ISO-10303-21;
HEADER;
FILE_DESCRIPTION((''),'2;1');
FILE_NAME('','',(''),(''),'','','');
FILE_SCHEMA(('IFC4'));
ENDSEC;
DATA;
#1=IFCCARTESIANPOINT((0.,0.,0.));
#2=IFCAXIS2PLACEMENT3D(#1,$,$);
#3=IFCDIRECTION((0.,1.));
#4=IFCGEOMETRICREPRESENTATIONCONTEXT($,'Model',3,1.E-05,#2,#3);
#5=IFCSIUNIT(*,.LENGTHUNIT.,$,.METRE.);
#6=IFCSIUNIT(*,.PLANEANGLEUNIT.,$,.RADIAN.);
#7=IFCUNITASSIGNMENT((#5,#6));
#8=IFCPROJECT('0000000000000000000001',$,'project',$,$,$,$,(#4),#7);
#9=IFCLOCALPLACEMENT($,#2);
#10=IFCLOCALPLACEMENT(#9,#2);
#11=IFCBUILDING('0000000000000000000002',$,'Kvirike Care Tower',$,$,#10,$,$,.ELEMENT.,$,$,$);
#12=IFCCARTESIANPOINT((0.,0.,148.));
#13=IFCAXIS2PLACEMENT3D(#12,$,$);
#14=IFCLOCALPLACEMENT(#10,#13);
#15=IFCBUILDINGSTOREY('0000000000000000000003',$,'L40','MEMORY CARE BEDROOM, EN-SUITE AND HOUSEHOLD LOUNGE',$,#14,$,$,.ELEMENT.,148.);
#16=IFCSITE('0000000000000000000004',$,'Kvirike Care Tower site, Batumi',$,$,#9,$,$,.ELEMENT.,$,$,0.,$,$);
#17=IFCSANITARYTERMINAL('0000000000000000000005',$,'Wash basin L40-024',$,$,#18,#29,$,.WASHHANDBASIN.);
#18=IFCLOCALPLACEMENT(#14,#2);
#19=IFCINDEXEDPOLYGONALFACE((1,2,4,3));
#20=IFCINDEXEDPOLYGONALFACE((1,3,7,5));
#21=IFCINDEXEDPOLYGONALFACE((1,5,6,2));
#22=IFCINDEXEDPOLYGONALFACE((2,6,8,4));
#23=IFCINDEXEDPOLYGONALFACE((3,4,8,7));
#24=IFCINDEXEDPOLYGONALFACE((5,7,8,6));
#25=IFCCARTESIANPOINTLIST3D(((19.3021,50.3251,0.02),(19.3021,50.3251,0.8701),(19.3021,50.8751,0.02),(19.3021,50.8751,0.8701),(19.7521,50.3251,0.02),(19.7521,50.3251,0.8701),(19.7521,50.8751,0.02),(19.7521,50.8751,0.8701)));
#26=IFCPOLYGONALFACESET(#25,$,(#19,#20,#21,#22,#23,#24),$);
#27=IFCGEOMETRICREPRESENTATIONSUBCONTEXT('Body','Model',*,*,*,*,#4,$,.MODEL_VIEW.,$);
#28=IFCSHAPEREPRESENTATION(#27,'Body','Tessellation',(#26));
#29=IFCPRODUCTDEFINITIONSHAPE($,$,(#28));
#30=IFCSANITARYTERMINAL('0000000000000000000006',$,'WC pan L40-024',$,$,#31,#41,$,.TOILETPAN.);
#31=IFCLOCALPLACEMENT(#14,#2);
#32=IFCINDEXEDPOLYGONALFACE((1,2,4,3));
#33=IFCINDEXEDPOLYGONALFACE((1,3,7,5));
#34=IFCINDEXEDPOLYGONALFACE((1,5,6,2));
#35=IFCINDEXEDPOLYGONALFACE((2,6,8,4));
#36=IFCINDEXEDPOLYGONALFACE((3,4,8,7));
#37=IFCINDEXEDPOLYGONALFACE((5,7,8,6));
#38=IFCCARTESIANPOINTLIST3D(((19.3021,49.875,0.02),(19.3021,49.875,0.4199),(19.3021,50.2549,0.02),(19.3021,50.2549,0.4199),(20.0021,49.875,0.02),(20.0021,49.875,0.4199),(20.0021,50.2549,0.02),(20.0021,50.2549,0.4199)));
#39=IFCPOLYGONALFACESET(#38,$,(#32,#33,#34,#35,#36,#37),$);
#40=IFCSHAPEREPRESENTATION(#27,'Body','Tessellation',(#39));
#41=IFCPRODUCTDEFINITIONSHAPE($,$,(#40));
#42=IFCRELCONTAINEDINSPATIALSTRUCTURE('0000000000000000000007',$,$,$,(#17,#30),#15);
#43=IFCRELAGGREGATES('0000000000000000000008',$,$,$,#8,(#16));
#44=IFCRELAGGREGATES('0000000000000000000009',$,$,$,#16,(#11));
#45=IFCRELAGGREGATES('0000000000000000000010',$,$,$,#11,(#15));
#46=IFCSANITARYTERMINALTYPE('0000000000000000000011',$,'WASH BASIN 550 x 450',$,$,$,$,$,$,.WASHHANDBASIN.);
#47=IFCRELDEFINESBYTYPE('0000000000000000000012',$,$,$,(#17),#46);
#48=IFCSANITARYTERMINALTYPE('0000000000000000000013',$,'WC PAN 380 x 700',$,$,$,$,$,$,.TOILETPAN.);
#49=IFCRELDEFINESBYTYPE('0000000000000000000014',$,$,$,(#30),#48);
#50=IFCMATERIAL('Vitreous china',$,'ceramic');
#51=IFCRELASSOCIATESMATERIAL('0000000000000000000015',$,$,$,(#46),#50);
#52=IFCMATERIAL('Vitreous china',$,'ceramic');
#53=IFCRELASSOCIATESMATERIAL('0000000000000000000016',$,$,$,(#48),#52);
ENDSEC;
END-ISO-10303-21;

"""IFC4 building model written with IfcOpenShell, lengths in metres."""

from ifc_helpers import new_model, si_unit, direction, frame, origin, origin_2d, place, context, subcontext, project, spatial, rectangle, extrude, material, type_object, element, save


model = new_model("IFC4")

# Units and contexts
model_context = context("Model", 3, precision=1e-05, world=origin(), true_north=direction((0.0, 1.0)))
body_context = subcontext(model_context, "Body", "Model", "MODEL_VIEW")
ifc_project = project(units=[si_unit("LENGTHUNIT", "METRE"), si_unit("PLANEANGLEUNIT", "RADIAN")], contexts=[model_context])

# Site, building, storey
site_placement = place(None, origin())
site = spatial("IfcSite", under=ifc_project, at=site_placement, Name="Kvirike Care Tower site, Batumi", CompositionType="ELEMENT", RefElevation=0.0)
building_placement = place(site_placement, origin())
building = spatial("IfcBuilding", under=site, at=building_placement, Name="Kvirike Care Tower", CompositionType="ELEMENT")
storey_placement = place(building_placement, frame((0.0, 0.0, 148.0)))
storey = spatial("IfcBuildingStorey", under=building, at=storey_placement, Name="L40", Description="MEMORY CARE BEDROOM, EN-SUITE AND HOUSEHOLD LOUNGE", CompositionType="ELEMENT", Elevation=148.0)

# Sanitary terminals
ifc_material_1 = material(Name="Vitreous china", Category="ceramic")
sanitary_terminal_type_1 = type_object("IfcSanitaryTerminalType", Name="WASH BASIN 550 x 450", PredefinedType="WASHHANDBASIN", material=ifc_material_1)
sanitary_terminal_1_placement = place(storey_placement, frame((19.5271, 50.6001, 0.02), z_axis=(0.0, 0.0, 1.0), x_axis=(0.0, 1.0, 0.0)))
element("IfcSanitaryTerminal", 1, at=sanitary_terminal_1_placement, inside=storey, type_object=sanitary_terminal_type_1, Name="Wash basin L40-024", PredefinedType="WASHHANDBASIN", context=body_context, shape_type="SweptSolid", body=[
    extrude(rectangle(XDim=0.55, YDim=0.45, at=origin_2d()), origin(), (0.0, 0.0, 1.0), 0.8501),
])
ifc_material_2 = material(Name="Vitreous china", Category="ceramic")
sanitary_terminal_type_2 = type_object("IfcSanitaryTerminalType", Name="WC PAN 380 x 700", PredefinedType="TOILETPAN", material=ifc_material_2)
sanitary_terminal_2_placement = place(storey_placement, frame((19.6521, 50.0649, 0.02), z_axis=(0.0, 0.0, 1.0), x_axis=(0.0, 1.0, 0.0)))
element("IfcSanitaryTerminal", 2, at=sanitary_terminal_2_placement, inside=storey, type_object=sanitary_terminal_type_2, Name="WC pan L40-024", PredefinedType="TOILETPAN", context=body_context, shape_type="SweptSolid", body=[
    extrude(rectangle(XDim=0.3799, YDim=0.7, at=origin_2d()), origin(), (0.0, 0.0, 1.0), 0.3999),
])

save(model, "model.ifc")
